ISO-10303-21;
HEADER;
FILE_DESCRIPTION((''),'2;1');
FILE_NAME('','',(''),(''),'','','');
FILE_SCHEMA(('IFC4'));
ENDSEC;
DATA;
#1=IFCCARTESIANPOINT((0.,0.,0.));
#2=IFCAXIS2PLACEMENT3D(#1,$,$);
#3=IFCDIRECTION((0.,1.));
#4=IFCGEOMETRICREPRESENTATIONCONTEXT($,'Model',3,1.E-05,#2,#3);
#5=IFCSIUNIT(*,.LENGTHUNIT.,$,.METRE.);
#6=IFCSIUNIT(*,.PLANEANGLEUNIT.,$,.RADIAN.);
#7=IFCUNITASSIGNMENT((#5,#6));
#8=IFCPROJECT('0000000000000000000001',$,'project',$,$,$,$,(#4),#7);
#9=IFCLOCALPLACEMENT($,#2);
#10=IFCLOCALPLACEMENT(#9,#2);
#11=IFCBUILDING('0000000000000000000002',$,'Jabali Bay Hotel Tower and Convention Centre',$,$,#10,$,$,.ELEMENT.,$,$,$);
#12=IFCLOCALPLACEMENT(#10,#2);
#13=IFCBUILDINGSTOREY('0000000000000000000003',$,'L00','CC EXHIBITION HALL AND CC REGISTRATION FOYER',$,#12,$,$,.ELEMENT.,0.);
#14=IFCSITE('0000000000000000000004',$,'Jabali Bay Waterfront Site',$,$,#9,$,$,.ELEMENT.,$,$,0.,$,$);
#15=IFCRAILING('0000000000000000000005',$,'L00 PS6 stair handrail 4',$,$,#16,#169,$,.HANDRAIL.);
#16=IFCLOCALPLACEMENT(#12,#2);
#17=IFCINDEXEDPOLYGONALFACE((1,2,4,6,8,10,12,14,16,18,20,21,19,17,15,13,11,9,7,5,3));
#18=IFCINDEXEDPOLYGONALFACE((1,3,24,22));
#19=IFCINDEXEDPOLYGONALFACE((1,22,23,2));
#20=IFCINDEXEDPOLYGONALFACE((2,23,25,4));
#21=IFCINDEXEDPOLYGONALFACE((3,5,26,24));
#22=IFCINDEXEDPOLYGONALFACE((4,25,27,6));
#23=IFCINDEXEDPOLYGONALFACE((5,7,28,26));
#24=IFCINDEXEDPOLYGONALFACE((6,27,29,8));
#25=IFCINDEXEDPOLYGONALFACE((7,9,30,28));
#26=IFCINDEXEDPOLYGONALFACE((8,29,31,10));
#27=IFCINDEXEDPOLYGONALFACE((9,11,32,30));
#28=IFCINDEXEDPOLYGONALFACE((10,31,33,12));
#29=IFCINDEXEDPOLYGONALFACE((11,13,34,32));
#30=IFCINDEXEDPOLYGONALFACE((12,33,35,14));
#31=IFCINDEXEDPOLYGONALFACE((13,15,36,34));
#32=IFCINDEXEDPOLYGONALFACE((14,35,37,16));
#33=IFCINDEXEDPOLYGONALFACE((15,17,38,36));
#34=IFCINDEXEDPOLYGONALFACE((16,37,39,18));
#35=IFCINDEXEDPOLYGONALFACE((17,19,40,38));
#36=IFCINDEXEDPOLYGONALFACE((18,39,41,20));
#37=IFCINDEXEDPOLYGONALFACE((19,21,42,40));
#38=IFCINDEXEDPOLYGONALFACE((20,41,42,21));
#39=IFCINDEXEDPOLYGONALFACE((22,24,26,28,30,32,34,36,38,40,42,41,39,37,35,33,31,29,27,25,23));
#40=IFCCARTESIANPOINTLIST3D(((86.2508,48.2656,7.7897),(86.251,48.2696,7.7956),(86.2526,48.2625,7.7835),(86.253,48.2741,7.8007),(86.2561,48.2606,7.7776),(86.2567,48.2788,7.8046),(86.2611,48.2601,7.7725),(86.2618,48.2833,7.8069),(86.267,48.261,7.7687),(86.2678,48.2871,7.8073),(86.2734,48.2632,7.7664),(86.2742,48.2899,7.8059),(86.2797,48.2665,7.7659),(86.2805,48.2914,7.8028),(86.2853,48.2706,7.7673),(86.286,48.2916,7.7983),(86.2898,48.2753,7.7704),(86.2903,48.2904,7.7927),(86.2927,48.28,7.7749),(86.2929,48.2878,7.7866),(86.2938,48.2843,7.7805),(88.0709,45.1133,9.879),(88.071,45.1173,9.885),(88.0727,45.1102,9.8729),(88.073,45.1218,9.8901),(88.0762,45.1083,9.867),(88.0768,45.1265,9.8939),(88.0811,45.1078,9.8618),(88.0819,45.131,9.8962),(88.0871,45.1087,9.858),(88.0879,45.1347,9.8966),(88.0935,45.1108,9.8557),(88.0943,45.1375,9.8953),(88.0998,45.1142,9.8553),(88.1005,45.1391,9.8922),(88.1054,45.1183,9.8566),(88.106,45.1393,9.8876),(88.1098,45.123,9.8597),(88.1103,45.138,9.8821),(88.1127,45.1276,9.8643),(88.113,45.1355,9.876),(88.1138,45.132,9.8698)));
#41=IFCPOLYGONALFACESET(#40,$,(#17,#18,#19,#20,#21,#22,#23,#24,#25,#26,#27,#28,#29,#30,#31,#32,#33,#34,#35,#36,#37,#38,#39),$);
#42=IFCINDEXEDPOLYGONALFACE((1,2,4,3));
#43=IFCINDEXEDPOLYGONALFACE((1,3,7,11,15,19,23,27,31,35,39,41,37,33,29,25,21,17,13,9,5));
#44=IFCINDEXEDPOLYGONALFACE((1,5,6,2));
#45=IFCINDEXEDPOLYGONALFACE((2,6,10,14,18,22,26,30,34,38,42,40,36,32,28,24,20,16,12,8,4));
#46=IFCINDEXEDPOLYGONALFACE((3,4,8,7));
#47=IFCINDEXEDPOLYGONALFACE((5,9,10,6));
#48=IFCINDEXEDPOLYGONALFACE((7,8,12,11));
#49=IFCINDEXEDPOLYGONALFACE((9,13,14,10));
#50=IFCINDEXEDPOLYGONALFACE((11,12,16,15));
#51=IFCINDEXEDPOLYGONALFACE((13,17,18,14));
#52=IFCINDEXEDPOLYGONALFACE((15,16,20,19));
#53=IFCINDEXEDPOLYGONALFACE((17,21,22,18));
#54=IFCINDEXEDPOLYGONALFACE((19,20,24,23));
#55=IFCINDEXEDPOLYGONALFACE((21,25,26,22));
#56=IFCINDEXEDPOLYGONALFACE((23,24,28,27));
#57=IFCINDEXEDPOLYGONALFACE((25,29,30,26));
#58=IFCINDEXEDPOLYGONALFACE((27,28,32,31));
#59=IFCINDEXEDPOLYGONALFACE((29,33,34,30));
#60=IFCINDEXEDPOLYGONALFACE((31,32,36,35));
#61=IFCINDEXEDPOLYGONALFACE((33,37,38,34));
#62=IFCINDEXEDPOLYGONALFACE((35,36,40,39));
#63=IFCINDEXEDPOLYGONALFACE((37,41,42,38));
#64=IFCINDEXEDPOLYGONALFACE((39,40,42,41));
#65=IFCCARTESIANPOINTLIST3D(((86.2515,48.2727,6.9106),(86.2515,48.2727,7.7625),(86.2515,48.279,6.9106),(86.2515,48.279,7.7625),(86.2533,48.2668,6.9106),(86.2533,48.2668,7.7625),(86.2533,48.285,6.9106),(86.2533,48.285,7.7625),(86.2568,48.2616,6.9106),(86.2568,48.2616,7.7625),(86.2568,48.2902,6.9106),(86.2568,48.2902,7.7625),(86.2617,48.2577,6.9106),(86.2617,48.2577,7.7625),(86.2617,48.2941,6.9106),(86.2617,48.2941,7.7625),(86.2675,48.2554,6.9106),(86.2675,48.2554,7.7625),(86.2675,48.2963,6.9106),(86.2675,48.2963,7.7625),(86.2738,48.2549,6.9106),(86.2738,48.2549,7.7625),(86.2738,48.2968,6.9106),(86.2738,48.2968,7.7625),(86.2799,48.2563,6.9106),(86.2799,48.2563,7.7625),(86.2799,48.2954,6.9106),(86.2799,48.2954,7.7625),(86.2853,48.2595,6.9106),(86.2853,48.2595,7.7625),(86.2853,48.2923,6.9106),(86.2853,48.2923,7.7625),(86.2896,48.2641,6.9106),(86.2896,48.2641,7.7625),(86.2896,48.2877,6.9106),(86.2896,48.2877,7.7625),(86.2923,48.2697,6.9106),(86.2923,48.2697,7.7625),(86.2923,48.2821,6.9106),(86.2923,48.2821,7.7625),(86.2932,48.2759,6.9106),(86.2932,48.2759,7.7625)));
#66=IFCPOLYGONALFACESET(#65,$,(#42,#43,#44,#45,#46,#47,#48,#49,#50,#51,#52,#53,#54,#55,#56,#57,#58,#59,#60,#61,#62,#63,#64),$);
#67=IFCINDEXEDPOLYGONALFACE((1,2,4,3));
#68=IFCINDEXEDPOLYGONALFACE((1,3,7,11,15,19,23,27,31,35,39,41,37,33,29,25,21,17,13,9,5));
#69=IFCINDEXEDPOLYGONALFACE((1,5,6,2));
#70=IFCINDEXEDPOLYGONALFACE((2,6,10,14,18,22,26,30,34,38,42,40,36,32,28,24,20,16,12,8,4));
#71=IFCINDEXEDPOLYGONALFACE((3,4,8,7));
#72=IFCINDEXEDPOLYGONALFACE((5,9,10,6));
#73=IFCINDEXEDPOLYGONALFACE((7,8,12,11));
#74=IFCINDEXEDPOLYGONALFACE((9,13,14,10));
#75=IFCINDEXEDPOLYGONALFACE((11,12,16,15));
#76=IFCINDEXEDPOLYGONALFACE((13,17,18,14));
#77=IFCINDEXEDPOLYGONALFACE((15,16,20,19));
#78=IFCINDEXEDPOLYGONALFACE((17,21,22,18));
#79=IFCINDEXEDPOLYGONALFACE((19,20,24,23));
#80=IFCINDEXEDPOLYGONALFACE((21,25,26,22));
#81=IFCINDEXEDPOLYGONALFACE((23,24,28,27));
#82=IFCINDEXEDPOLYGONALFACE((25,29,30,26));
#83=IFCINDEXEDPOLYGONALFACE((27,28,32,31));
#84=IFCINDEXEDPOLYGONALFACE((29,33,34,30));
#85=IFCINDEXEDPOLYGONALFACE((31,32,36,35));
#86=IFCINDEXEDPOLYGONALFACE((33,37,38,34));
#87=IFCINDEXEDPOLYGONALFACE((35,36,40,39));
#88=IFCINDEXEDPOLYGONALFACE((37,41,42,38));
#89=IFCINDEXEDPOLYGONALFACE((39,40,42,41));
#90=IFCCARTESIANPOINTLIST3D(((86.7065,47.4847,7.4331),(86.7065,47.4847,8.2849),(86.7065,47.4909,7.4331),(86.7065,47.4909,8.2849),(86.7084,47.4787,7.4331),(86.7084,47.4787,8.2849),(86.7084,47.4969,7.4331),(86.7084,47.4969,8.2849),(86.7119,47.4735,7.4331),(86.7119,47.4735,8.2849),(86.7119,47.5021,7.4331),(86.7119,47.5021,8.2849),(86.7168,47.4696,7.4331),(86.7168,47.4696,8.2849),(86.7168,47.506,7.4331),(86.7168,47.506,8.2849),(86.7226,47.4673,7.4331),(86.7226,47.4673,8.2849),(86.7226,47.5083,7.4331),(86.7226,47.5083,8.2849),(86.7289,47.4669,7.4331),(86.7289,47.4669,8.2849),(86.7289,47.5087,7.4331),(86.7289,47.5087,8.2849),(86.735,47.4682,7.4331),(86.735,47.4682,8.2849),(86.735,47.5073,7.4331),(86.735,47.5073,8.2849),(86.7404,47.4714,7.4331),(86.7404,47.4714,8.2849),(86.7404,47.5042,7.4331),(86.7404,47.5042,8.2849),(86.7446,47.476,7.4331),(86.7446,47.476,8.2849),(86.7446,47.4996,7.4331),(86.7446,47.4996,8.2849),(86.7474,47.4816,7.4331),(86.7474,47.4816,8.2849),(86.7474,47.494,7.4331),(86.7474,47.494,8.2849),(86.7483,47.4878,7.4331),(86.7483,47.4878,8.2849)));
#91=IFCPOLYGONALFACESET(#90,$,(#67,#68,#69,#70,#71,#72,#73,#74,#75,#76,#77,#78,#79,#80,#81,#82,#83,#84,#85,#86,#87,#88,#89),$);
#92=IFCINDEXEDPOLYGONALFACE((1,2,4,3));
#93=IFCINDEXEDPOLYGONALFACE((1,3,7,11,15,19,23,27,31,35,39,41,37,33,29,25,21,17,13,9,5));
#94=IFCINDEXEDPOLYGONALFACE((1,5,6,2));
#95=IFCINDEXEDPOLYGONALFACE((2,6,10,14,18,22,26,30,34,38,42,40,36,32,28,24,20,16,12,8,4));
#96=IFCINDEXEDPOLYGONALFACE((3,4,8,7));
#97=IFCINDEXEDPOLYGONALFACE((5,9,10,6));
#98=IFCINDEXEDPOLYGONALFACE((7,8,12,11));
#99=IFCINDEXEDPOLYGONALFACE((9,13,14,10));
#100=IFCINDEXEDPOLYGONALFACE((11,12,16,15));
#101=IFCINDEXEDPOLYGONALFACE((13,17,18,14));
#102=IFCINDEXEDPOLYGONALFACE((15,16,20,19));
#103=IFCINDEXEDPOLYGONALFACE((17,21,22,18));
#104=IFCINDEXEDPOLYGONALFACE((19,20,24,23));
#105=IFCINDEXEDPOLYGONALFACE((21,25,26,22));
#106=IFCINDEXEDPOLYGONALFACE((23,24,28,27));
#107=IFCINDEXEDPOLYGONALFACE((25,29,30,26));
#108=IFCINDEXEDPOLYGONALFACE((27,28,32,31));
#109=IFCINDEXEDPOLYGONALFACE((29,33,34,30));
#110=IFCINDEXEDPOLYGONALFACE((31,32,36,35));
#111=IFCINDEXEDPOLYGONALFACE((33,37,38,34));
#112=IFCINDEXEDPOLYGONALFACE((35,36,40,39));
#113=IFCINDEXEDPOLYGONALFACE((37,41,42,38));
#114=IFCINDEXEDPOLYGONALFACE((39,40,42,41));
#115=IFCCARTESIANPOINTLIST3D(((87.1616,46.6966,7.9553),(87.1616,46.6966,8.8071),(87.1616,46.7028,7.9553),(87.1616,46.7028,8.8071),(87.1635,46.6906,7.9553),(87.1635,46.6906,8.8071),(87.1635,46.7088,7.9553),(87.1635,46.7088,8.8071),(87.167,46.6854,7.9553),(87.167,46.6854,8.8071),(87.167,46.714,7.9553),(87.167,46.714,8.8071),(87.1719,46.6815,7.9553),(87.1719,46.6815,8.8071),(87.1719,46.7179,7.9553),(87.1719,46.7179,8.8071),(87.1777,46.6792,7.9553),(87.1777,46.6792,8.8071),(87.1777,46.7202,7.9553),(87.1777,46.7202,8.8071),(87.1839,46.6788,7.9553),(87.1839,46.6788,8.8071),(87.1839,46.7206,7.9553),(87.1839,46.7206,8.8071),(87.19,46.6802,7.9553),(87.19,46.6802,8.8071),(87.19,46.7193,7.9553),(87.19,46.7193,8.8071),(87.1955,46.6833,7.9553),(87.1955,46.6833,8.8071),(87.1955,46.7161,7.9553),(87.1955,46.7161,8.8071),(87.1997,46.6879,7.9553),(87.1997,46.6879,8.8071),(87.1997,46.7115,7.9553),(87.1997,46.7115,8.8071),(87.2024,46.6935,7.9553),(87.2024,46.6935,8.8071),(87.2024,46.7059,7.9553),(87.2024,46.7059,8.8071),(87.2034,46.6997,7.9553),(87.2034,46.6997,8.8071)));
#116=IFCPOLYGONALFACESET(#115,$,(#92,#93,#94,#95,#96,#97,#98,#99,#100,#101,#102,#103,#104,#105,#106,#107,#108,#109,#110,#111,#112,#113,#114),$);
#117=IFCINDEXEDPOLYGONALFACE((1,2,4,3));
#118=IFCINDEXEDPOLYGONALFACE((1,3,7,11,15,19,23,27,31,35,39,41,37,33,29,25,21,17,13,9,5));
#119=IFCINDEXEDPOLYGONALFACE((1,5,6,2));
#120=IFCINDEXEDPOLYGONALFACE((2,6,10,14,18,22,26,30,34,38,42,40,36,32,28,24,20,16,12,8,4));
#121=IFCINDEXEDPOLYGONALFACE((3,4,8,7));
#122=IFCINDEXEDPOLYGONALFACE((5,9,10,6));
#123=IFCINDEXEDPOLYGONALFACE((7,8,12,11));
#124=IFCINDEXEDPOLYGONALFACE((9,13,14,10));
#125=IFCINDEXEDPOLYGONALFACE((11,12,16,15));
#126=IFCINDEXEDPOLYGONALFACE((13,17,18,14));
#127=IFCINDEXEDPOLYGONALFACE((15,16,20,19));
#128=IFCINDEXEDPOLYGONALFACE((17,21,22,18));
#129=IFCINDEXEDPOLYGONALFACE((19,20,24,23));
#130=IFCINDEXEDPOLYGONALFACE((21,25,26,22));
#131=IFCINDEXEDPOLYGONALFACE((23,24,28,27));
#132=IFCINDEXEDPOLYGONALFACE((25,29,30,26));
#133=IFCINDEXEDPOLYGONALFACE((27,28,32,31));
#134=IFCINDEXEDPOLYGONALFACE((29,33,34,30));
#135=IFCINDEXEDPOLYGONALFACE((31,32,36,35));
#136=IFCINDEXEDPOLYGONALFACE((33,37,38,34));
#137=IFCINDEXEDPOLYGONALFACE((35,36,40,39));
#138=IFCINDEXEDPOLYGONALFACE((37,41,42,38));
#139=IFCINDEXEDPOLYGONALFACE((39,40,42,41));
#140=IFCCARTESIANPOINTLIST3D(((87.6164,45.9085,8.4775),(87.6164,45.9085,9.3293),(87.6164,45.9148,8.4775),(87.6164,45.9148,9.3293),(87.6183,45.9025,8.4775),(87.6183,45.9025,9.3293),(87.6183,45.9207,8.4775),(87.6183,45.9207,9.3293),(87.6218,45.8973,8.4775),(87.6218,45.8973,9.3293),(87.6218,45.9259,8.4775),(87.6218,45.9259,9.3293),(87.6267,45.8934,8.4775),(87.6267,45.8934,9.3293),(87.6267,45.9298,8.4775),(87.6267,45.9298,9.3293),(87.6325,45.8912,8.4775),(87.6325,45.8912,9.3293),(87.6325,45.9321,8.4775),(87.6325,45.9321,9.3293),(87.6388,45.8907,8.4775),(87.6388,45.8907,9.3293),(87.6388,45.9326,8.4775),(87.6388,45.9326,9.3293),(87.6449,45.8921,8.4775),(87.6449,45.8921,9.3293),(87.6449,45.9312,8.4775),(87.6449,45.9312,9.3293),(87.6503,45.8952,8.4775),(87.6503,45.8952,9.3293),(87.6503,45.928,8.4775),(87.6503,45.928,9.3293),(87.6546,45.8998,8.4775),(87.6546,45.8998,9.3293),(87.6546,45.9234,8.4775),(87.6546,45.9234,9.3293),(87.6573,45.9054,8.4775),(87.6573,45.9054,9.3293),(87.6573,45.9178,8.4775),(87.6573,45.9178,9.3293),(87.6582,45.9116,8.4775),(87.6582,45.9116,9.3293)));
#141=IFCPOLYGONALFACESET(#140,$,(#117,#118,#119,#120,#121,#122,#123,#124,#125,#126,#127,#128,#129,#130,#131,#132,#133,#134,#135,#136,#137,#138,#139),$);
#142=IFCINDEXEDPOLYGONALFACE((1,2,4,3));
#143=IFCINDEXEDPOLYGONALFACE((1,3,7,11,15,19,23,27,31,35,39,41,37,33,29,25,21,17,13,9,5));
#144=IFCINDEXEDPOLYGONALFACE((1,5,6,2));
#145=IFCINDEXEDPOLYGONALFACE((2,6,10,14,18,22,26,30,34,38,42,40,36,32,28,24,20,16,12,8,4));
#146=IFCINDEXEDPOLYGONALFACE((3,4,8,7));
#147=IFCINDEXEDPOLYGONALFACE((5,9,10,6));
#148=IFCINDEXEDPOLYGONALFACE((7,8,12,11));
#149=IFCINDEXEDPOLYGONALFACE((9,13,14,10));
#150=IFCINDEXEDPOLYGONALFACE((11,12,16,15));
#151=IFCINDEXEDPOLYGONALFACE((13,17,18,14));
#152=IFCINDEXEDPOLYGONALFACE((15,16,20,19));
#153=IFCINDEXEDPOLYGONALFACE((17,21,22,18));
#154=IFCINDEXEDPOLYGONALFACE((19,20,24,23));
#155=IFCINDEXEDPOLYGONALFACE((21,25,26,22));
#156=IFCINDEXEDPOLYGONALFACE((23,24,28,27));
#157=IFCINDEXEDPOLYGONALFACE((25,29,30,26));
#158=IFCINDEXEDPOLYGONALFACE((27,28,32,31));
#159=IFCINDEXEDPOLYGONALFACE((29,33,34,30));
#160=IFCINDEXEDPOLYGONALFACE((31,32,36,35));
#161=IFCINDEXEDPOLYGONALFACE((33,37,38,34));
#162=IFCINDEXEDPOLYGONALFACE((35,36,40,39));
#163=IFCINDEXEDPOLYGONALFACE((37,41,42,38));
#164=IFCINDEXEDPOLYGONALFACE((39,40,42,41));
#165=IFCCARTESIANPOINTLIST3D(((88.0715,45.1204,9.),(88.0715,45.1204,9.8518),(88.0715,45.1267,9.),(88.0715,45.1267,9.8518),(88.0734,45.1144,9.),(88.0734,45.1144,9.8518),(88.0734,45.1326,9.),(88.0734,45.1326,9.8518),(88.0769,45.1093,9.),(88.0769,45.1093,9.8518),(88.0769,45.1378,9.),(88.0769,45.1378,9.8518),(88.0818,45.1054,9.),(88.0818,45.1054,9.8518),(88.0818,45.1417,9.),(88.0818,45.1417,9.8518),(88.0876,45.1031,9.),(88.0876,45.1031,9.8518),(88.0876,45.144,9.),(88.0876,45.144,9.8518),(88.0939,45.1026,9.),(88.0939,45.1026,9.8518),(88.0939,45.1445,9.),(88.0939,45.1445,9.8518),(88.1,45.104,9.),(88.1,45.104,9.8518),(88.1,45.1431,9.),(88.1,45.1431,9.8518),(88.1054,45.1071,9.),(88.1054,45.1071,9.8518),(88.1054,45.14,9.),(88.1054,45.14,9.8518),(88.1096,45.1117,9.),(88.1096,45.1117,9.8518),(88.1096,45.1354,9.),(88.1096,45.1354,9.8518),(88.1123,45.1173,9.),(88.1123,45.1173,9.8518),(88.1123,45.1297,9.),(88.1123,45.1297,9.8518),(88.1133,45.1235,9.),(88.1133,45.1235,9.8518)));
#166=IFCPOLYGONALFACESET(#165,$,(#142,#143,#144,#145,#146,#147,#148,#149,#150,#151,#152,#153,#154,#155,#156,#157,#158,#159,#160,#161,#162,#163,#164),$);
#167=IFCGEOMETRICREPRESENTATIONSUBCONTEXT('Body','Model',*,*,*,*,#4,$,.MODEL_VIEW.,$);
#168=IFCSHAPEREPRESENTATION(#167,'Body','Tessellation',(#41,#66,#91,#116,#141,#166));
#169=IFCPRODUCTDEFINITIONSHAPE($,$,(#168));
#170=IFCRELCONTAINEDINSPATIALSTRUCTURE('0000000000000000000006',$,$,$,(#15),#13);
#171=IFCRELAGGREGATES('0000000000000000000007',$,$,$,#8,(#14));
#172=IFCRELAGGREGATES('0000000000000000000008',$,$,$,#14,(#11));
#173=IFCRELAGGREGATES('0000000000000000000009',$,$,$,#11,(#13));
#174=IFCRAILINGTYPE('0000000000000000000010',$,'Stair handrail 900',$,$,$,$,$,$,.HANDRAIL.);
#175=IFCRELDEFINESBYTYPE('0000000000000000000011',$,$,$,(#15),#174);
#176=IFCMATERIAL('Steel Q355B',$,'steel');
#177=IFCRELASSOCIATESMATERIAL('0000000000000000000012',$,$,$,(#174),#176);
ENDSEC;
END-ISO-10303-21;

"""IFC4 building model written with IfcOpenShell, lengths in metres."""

from ifc_helpers import new_model, si_unit, direction, frame, origin, origin_2d, place, context, subcontext, project, spatial, circle, extrude, material, type_object, element, save


model = new_model("IFC4")

# Units and contexts
model_context = context("Model", 3, precision=1e-05, world=origin(), true_north=direction((0.0, 1.0)))
body_context = subcontext(model_context, "Body", "Model", "MODEL_VIEW")
ifc_project = project(units=[si_unit("LENGTHUNIT", "METRE"), si_unit("PLANEANGLEUNIT", "RADIAN")], contexts=[model_context])

# Site, building, storey
site_placement = place(None, origin())
site = spatial("IfcSite", under=ifc_project, at=site_placement, Name="Jabali Bay Waterfront Site", CompositionType="ELEMENT", RefElevation=0.0)
building_placement = place(site_placement, origin())
building = spatial("IfcBuilding", under=site, at=building_placement, Name="Jabali Bay Hotel Tower and Convention Centre", CompositionType="ELEMENT")
storey_placement = place(building_placement, origin())
storey = spatial("IfcBuildingStorey", under=building, at=storey_placement, Name="L00", Description="CC EXHIBITION HALL AND CC REGISTRATION FOYER", CompositionType="ELEMENT", Elevation=0.0)

# Railing
ifc_material_1 = material(Name="Steel Q355B", Category="steel")
railing_type_1 = type_object("IfcRailingType", Name="Stair handrail 900", PredefinedType="HANDRAIL", material=ifc_material_1)
for number, where, name in (
    (1, (86.2722, 48.2759, 6.9106), "L00 PS6 stair handrail 4"),
):
    element("IfcRailing", number, at=place(storey_placement, frame(where)), inside=storey, type_object=railing_type_1, Name=name, PredefinedType="HANDRAIL", context=body_context, shape_type="SweptSolid", body=[
        extrude(circle(Radius=0.0239, at=origin_2d()), frame((0.0, 0.0, 0.876), z_axis=(0.433653, -0.751084, 0.497814), x_axis=(0.866018, 0.500013, 0.0)), (0.0, 0.0, 1.0), 4.197),
        extrude(circle(Radius=0.021, at=origin_2d()), origin(), (0.0, 0.0, 1.0), 0.8518),
        extrude(circle(Radius=0.021, at=origin_2d()), frame((0.4551, -0.7881, 0.5225)), (0.0, 0.0, 1.0), 0.8518),
        extrude(circle(Radius=0.021, at=origin_2d()), frame((0.9102, -1.5762, 1.0447)), (0.0, 0.0, 1.0), 0.8518),
        extrude(circle(Radius=0.021, at=origin_2d()), frame((1.365, -2.3643, 1.5669)), (0.0, 0.0, 1.0), 0.8518),
        extrude(circle(Radius=0.021, at=origin_2d()), frame((1.8201, -3.1523, 2.0894)), (0.0, 0.0, 1.0), 0.8518),
    ])

save(model, "model.ifc")
